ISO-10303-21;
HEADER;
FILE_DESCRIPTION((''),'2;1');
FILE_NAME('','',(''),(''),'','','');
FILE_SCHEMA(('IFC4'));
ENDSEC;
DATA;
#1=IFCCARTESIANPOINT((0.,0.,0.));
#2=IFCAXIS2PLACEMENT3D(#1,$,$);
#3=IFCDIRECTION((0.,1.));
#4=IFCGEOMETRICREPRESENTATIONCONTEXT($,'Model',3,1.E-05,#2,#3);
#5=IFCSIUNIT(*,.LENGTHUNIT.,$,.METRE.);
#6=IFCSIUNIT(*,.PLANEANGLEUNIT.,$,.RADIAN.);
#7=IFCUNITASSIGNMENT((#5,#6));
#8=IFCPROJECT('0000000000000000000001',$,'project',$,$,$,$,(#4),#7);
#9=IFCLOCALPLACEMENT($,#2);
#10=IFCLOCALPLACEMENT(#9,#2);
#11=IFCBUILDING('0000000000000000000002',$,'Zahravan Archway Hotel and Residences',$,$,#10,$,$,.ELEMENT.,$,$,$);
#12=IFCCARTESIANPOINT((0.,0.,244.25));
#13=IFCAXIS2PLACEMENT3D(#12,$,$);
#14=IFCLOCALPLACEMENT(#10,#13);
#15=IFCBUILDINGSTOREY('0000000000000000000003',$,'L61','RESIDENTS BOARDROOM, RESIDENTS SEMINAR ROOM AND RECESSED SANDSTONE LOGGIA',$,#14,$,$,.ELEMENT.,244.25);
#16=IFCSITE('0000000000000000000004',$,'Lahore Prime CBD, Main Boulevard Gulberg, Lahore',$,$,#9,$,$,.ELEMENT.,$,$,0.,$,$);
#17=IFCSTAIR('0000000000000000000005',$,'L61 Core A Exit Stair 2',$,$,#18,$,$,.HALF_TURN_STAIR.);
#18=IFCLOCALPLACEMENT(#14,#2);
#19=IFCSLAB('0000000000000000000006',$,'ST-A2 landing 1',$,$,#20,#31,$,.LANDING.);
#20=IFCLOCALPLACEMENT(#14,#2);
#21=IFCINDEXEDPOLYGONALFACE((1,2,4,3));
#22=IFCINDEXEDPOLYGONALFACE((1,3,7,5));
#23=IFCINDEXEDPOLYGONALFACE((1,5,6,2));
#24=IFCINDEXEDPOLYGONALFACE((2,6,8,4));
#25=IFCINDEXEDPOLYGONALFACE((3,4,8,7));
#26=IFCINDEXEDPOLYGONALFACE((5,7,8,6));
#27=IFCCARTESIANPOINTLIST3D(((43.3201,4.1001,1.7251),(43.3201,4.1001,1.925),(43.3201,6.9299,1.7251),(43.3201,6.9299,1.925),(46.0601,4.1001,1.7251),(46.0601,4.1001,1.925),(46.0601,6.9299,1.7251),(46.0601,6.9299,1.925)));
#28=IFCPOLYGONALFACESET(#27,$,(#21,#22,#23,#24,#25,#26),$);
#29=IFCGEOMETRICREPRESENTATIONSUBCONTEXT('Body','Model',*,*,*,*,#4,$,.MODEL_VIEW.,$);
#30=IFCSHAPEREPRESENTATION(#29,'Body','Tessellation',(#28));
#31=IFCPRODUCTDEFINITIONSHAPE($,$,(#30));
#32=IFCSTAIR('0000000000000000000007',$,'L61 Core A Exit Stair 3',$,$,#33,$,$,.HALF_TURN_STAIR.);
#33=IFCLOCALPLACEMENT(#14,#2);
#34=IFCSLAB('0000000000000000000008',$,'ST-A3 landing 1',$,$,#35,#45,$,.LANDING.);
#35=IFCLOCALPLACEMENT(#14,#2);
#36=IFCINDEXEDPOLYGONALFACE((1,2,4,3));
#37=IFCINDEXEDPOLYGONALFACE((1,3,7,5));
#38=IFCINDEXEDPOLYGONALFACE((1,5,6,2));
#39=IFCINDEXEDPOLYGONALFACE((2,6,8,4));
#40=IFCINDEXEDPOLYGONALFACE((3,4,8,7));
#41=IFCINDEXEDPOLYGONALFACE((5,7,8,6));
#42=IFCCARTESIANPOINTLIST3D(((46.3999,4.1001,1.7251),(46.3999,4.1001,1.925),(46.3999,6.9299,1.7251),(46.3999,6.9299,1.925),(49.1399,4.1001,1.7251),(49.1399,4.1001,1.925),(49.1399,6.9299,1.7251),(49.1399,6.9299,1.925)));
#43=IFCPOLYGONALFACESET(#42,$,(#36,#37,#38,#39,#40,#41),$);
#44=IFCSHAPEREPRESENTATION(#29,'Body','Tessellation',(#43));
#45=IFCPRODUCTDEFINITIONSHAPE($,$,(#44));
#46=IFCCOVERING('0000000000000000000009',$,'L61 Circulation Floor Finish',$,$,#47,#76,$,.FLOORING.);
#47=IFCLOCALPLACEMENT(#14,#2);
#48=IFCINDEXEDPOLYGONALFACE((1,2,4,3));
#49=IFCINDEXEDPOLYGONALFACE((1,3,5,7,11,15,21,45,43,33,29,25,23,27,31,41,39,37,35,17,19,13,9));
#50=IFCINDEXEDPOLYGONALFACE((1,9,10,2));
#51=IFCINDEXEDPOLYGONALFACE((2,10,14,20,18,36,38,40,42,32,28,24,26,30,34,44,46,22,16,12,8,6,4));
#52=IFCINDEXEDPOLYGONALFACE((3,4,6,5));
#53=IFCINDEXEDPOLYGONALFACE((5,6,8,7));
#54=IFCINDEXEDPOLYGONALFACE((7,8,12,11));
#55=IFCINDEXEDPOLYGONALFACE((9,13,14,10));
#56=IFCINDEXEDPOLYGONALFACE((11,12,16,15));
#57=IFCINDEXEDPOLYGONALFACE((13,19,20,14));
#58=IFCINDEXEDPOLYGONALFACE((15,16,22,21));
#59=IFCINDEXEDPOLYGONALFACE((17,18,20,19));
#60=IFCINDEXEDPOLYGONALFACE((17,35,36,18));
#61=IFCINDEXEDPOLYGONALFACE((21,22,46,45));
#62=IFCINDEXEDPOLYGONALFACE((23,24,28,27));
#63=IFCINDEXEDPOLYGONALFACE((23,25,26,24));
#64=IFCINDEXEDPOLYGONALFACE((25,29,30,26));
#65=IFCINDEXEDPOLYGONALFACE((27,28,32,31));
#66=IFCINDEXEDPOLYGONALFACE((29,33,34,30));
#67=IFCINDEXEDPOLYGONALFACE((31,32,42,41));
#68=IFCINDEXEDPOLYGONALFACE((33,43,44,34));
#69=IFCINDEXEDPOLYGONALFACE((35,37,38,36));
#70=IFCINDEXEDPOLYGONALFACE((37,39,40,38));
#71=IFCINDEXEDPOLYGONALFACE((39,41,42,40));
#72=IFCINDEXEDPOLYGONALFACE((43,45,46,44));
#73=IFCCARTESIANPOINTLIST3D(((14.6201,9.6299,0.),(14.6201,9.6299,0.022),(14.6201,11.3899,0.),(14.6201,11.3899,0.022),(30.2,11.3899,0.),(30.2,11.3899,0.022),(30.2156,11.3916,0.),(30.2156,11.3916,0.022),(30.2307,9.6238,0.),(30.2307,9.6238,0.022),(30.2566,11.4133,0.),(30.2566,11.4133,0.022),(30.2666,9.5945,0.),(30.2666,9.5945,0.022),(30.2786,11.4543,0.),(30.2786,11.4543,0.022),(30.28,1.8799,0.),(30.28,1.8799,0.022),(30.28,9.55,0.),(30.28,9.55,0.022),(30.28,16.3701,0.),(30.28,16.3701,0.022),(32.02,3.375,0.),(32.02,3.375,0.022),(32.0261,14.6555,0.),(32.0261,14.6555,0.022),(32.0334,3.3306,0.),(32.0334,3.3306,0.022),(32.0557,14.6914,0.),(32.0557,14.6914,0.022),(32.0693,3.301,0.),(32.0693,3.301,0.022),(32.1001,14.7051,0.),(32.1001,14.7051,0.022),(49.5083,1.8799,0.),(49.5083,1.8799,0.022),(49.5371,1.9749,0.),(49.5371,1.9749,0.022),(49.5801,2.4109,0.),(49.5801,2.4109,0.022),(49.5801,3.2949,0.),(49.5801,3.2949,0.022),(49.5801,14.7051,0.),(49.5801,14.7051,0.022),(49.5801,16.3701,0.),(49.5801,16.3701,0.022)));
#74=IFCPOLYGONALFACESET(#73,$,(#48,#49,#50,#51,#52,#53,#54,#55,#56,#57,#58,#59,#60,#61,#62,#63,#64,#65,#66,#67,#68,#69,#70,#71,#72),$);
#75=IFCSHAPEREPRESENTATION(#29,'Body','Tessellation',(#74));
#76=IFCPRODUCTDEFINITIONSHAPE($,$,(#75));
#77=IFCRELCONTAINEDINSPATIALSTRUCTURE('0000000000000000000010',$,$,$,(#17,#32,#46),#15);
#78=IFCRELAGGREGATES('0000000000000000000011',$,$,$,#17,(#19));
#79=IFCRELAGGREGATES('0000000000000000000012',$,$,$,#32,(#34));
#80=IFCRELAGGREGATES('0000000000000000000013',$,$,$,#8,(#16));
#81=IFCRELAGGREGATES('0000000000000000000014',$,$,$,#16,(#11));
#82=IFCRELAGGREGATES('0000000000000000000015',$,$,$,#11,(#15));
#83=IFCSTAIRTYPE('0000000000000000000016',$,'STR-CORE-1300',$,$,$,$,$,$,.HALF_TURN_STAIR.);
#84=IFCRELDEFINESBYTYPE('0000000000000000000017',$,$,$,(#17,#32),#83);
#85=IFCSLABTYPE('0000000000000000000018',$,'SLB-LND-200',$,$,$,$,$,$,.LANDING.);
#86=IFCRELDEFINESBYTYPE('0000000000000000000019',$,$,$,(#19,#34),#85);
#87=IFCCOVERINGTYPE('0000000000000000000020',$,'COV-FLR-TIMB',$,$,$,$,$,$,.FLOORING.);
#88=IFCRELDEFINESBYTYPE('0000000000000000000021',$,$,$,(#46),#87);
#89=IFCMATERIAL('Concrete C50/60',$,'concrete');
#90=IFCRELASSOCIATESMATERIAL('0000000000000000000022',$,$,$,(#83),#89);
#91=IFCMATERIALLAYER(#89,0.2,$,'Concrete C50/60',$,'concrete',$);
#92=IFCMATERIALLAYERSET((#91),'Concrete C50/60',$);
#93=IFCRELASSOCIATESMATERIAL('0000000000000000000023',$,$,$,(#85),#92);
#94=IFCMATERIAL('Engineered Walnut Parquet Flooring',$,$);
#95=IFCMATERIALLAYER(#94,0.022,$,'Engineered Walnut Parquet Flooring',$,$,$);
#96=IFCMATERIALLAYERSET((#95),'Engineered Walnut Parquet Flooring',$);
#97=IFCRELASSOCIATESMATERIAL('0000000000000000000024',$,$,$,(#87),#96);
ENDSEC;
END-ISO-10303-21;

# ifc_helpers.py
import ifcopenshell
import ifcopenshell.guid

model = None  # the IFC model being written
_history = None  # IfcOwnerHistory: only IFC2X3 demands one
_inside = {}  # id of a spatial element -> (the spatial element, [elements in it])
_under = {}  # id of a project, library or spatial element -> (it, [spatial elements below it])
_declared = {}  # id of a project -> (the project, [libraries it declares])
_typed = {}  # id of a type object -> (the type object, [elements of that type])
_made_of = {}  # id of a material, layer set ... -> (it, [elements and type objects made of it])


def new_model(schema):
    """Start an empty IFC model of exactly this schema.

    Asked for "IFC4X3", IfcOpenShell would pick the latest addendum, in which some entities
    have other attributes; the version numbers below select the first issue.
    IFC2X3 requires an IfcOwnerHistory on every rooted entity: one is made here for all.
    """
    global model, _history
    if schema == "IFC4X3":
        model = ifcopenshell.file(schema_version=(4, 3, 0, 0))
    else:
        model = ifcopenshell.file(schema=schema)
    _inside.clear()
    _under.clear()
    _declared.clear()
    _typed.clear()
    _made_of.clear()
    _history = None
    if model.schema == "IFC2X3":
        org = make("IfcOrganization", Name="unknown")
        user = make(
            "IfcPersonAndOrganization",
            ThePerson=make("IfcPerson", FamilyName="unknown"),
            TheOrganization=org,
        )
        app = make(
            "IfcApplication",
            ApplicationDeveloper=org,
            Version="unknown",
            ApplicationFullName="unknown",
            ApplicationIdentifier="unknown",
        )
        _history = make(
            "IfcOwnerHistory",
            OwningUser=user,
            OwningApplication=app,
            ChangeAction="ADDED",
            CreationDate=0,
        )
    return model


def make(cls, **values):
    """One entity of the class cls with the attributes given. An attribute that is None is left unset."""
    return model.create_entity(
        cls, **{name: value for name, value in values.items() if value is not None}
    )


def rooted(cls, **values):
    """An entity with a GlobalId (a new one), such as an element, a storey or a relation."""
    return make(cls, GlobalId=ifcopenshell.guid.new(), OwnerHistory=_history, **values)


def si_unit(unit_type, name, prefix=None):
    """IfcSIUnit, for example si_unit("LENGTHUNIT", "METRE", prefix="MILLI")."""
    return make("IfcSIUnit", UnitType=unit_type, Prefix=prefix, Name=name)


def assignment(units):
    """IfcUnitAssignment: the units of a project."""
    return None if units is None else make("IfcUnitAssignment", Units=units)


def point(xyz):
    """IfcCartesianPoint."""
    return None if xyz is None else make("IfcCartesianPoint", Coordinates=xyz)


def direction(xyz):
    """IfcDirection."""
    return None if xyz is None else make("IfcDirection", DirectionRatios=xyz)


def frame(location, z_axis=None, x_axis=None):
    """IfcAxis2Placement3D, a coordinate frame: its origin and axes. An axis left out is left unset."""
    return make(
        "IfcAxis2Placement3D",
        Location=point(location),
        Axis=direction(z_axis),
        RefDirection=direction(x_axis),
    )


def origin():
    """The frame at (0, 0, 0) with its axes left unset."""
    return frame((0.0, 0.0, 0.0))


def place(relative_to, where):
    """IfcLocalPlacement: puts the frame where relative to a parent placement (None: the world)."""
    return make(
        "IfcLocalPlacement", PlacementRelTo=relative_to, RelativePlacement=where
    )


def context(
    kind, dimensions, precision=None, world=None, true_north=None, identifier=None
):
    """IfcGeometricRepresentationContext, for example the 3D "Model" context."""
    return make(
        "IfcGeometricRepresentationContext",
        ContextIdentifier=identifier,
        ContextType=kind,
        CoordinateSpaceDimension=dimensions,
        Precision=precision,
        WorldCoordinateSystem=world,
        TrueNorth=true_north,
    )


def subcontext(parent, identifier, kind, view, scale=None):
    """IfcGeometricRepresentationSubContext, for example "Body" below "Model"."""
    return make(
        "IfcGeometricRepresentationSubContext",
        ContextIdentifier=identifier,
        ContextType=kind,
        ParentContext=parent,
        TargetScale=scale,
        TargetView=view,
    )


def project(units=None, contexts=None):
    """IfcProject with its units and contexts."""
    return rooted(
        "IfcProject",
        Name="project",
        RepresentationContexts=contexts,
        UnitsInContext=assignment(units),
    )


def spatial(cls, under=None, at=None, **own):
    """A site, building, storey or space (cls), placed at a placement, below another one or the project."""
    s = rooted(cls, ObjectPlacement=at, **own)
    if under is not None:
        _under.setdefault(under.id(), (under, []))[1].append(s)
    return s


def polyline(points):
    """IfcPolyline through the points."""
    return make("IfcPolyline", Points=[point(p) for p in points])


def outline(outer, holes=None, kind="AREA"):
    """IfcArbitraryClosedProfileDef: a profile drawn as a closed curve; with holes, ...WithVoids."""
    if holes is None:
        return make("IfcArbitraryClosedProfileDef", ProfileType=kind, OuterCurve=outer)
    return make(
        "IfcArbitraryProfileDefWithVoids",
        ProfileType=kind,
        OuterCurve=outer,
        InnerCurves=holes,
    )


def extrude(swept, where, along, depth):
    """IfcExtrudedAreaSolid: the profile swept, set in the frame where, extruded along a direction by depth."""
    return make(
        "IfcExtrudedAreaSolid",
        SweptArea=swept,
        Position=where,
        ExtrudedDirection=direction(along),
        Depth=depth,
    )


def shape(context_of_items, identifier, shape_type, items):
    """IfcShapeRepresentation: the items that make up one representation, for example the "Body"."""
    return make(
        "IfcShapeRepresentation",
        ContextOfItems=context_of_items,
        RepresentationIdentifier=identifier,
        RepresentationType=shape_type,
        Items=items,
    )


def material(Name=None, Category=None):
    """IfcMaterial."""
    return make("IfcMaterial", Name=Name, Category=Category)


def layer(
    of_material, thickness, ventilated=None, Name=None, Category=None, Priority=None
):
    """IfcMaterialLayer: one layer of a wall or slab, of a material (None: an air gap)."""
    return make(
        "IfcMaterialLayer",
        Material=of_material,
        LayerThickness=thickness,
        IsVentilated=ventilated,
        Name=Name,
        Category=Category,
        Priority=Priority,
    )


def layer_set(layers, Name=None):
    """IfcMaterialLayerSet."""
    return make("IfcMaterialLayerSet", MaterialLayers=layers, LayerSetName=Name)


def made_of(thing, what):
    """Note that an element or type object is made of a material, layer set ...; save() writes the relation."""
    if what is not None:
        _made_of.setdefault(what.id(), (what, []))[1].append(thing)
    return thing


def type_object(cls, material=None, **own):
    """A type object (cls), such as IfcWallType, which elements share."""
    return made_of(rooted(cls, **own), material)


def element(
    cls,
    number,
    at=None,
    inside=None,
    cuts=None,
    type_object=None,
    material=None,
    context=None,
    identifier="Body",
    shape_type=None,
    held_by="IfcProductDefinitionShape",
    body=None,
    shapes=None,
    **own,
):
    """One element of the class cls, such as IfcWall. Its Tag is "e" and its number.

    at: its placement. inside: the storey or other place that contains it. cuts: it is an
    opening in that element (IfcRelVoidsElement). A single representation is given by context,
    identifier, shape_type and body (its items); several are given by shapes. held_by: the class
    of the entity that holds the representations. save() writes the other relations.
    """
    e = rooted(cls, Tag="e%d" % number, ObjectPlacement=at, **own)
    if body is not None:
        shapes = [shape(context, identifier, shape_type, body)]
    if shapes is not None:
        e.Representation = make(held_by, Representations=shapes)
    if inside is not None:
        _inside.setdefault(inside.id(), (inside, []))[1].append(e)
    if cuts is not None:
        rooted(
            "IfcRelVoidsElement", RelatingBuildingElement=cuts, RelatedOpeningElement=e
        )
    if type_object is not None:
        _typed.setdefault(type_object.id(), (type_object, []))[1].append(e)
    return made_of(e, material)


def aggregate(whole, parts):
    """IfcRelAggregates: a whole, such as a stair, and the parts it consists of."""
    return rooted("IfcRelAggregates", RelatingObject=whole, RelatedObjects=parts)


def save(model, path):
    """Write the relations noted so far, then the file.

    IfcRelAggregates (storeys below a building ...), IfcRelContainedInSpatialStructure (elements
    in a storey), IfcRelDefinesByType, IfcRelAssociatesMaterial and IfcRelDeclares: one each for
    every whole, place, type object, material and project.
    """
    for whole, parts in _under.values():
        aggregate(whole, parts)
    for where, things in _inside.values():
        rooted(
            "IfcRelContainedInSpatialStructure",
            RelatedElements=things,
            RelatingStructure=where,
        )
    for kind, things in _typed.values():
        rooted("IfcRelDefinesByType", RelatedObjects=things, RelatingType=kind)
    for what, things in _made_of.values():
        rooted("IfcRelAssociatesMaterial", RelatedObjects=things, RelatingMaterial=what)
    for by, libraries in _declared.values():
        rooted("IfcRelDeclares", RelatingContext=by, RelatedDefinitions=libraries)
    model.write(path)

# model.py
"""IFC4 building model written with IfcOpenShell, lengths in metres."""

from ifc_helpers import new_model, si_unit, direction, frame, origin, place, context, subcontext, project, spatial, polyline, outline, extrude, material, layer, layer_set, type_object, element, aggregate, save


model = new_model("IFC4")

# Units and contexts
model_context = context("Model", 3, precision=1e-05, world=origin(), true_north=direction((0.0, 1.0)))
body_context = subcontext(model_context, "Body", "Model", "MODEL_VIEW")
ifc_project = project(units=[si_unit("LENGTHUNIT", "METRE"), si_unit("PLANEANGLEUNIT", "RADIAN")], contexts=[model_context])

# Site, building, storey
site_placement = place(None, origin())
site = spatial("IfcSite", under=ifc_project, at=site_placement, Name="Lahore Prime CBD, Main Boulevard Gulberg, Lahore", CompositionType="ELEMENT", RefElevation=0.0)
building_placement = place(site_placement, origin())
building = spatial("IfcBuilding", under=site, at=building_placement, Name="Zahravan Archway Hotel and Residences", CompositionType="ELEMENT")
storey_placement = place(building_placement, frame((0.0, 0.0, 244.25)))
storey = spatial("IfcBuildingStorey", under=building, at=storey_placement, Name="L61", Description="RESIDENTS BOARDROOM, RESIDENTS SEMINAR ROOM AND RECESSED SANDSTONE LOGGIA", CompositionType="ELEMENT", Elevation=244.25)

# Stairs, slabs
ifc_material_1 = material(Name="Concrete C50/60", Category="concrete")
stair_type = type_object("IfcStairType", Name="STR-CORE-1300", PredefinedType="HALF_TURN_STAIR", material=ifc_material_1)
ifc_layer_1 = layer(ifc_material_1, 0.2, Name="Concrete C50/60", Category="concrete")
ifc_layer_set_1 = layer_set([ifc_layer_1], Name="Concrete C50/60")
slab_type_1 = type_object("IfcSlabType", Name="SLB-LND-200", PredefinedType="LANDING", material=ifc_layer_set_1)
stair_1_placement = place(storey_placement, origin())
stair_1 = element("IfcStair", 1, at=stair_1_placement, inside=storey, type_object=stair_type, Name="L61 Core A Exit Stair 2", PredefinedType="HALF_TURN_STAIR")
slab_1_placement = place(storey_placement, frame((0.0, 0.0, 1.7251)))
slab_1 = element("IfcSlab", 2, at=slab_1_placement, type_object=slab_type_1, Name="ST-A2 landing 1", PredefinedType="LANDING", context=body_context, shape_type="SweptSolid", body=[
    extrude(outline(polyline([(43.3201, 6.9299), (43.3201, 4.1001), (46.0601, 4.1001), (46.0601, 6.9299), (43.3201, 6.9299)])), origin(), (0.0, 0.0, 1.0), 0.2),
])
aggregate(stair_1, [slab_1])
stair_2_placement = place(storey_placement, origin())
stair_2 = element("IfcStair", 3, at=stair_2_placement, inside=storey, type_object=stair_type, Name="L61 Core A Exit Stair 3", PredefinedType="HALF_TURN_STAIR")
slab_2_placement = place(storey_placement, frame((0.0, 0.0, 1.7251)))
slab_2 = element("IfcSlab", 4, at=slab_2_placement, type_object=slab_type_1, Name="ST-A3 landing 1", PredefinedType="LANDING", context=body_context, shape_type="SweptSolid", body=[
    extrude(outline(polyline([(46.3999, 6.9299), (46.3999, 4.1001), (49.1399, 4.1001), (49.1399, 6.9299), (46.3999, 6.9299)])), origin(), (0.0, 0.0, 1.0), 0.2),
])
aggregate(stair_2, [slab_2])

# Covering
ifc_material_2 = material(Name="Engineered Walnut Parquet Flooring")
ifc_layer_2 = layer(ifc_material_2, 0.022, Name="Engineered Walnut Parquet Flooring")
ifc_layer_set_2 = layer_set([ifc_layer_2], Name="Engineered Walnut Parquet Flooring")
covering_type = type_object("IfcCoveringType", Name="COV-FLR-TIMB", PredefinedType="FLOORING", material=ifc_layer_set_2)
covering_placement = place(storey_placement, origin())
element("IfcCovering", 5, at=covering_placement, inside=storey, type_object=covering_type, Name="L61 Circulation Floor Finish", PredefinedType="FLOORING", context=body_context, shape_type="SweptSolid", body=[
    extrude(outline(polyline([(30.2156, 11.3916), (30.2566, 11.4133), (30.2786, 11.4543), (30.28, 16.3701), (49.5801, 16.3701), (49.5801, 14.7051), (32.1001, 14.7051), (32.0557, 14.6914), (32.0261, 14.6555), (32.02, 3.375), (32.0334, 3.3306), (32.0693, 3.301), (49.5801, 3.2949), (49.5801, 2.4109), (49.5371, 1.9749), (49.5083, 1.8799), (30.28, 1.8799), (30.28, 9.55), (30.2666, 9.5945), (30.2307, 9.6238), (14.6201, 9.6299), (14.6201, 11.3899), (30.2, 11.3899), (30.2156, 11.3916)])), origin(), (0.0, 0.0, 1.0), 0.022),
])

save(model, "model.ifc")
